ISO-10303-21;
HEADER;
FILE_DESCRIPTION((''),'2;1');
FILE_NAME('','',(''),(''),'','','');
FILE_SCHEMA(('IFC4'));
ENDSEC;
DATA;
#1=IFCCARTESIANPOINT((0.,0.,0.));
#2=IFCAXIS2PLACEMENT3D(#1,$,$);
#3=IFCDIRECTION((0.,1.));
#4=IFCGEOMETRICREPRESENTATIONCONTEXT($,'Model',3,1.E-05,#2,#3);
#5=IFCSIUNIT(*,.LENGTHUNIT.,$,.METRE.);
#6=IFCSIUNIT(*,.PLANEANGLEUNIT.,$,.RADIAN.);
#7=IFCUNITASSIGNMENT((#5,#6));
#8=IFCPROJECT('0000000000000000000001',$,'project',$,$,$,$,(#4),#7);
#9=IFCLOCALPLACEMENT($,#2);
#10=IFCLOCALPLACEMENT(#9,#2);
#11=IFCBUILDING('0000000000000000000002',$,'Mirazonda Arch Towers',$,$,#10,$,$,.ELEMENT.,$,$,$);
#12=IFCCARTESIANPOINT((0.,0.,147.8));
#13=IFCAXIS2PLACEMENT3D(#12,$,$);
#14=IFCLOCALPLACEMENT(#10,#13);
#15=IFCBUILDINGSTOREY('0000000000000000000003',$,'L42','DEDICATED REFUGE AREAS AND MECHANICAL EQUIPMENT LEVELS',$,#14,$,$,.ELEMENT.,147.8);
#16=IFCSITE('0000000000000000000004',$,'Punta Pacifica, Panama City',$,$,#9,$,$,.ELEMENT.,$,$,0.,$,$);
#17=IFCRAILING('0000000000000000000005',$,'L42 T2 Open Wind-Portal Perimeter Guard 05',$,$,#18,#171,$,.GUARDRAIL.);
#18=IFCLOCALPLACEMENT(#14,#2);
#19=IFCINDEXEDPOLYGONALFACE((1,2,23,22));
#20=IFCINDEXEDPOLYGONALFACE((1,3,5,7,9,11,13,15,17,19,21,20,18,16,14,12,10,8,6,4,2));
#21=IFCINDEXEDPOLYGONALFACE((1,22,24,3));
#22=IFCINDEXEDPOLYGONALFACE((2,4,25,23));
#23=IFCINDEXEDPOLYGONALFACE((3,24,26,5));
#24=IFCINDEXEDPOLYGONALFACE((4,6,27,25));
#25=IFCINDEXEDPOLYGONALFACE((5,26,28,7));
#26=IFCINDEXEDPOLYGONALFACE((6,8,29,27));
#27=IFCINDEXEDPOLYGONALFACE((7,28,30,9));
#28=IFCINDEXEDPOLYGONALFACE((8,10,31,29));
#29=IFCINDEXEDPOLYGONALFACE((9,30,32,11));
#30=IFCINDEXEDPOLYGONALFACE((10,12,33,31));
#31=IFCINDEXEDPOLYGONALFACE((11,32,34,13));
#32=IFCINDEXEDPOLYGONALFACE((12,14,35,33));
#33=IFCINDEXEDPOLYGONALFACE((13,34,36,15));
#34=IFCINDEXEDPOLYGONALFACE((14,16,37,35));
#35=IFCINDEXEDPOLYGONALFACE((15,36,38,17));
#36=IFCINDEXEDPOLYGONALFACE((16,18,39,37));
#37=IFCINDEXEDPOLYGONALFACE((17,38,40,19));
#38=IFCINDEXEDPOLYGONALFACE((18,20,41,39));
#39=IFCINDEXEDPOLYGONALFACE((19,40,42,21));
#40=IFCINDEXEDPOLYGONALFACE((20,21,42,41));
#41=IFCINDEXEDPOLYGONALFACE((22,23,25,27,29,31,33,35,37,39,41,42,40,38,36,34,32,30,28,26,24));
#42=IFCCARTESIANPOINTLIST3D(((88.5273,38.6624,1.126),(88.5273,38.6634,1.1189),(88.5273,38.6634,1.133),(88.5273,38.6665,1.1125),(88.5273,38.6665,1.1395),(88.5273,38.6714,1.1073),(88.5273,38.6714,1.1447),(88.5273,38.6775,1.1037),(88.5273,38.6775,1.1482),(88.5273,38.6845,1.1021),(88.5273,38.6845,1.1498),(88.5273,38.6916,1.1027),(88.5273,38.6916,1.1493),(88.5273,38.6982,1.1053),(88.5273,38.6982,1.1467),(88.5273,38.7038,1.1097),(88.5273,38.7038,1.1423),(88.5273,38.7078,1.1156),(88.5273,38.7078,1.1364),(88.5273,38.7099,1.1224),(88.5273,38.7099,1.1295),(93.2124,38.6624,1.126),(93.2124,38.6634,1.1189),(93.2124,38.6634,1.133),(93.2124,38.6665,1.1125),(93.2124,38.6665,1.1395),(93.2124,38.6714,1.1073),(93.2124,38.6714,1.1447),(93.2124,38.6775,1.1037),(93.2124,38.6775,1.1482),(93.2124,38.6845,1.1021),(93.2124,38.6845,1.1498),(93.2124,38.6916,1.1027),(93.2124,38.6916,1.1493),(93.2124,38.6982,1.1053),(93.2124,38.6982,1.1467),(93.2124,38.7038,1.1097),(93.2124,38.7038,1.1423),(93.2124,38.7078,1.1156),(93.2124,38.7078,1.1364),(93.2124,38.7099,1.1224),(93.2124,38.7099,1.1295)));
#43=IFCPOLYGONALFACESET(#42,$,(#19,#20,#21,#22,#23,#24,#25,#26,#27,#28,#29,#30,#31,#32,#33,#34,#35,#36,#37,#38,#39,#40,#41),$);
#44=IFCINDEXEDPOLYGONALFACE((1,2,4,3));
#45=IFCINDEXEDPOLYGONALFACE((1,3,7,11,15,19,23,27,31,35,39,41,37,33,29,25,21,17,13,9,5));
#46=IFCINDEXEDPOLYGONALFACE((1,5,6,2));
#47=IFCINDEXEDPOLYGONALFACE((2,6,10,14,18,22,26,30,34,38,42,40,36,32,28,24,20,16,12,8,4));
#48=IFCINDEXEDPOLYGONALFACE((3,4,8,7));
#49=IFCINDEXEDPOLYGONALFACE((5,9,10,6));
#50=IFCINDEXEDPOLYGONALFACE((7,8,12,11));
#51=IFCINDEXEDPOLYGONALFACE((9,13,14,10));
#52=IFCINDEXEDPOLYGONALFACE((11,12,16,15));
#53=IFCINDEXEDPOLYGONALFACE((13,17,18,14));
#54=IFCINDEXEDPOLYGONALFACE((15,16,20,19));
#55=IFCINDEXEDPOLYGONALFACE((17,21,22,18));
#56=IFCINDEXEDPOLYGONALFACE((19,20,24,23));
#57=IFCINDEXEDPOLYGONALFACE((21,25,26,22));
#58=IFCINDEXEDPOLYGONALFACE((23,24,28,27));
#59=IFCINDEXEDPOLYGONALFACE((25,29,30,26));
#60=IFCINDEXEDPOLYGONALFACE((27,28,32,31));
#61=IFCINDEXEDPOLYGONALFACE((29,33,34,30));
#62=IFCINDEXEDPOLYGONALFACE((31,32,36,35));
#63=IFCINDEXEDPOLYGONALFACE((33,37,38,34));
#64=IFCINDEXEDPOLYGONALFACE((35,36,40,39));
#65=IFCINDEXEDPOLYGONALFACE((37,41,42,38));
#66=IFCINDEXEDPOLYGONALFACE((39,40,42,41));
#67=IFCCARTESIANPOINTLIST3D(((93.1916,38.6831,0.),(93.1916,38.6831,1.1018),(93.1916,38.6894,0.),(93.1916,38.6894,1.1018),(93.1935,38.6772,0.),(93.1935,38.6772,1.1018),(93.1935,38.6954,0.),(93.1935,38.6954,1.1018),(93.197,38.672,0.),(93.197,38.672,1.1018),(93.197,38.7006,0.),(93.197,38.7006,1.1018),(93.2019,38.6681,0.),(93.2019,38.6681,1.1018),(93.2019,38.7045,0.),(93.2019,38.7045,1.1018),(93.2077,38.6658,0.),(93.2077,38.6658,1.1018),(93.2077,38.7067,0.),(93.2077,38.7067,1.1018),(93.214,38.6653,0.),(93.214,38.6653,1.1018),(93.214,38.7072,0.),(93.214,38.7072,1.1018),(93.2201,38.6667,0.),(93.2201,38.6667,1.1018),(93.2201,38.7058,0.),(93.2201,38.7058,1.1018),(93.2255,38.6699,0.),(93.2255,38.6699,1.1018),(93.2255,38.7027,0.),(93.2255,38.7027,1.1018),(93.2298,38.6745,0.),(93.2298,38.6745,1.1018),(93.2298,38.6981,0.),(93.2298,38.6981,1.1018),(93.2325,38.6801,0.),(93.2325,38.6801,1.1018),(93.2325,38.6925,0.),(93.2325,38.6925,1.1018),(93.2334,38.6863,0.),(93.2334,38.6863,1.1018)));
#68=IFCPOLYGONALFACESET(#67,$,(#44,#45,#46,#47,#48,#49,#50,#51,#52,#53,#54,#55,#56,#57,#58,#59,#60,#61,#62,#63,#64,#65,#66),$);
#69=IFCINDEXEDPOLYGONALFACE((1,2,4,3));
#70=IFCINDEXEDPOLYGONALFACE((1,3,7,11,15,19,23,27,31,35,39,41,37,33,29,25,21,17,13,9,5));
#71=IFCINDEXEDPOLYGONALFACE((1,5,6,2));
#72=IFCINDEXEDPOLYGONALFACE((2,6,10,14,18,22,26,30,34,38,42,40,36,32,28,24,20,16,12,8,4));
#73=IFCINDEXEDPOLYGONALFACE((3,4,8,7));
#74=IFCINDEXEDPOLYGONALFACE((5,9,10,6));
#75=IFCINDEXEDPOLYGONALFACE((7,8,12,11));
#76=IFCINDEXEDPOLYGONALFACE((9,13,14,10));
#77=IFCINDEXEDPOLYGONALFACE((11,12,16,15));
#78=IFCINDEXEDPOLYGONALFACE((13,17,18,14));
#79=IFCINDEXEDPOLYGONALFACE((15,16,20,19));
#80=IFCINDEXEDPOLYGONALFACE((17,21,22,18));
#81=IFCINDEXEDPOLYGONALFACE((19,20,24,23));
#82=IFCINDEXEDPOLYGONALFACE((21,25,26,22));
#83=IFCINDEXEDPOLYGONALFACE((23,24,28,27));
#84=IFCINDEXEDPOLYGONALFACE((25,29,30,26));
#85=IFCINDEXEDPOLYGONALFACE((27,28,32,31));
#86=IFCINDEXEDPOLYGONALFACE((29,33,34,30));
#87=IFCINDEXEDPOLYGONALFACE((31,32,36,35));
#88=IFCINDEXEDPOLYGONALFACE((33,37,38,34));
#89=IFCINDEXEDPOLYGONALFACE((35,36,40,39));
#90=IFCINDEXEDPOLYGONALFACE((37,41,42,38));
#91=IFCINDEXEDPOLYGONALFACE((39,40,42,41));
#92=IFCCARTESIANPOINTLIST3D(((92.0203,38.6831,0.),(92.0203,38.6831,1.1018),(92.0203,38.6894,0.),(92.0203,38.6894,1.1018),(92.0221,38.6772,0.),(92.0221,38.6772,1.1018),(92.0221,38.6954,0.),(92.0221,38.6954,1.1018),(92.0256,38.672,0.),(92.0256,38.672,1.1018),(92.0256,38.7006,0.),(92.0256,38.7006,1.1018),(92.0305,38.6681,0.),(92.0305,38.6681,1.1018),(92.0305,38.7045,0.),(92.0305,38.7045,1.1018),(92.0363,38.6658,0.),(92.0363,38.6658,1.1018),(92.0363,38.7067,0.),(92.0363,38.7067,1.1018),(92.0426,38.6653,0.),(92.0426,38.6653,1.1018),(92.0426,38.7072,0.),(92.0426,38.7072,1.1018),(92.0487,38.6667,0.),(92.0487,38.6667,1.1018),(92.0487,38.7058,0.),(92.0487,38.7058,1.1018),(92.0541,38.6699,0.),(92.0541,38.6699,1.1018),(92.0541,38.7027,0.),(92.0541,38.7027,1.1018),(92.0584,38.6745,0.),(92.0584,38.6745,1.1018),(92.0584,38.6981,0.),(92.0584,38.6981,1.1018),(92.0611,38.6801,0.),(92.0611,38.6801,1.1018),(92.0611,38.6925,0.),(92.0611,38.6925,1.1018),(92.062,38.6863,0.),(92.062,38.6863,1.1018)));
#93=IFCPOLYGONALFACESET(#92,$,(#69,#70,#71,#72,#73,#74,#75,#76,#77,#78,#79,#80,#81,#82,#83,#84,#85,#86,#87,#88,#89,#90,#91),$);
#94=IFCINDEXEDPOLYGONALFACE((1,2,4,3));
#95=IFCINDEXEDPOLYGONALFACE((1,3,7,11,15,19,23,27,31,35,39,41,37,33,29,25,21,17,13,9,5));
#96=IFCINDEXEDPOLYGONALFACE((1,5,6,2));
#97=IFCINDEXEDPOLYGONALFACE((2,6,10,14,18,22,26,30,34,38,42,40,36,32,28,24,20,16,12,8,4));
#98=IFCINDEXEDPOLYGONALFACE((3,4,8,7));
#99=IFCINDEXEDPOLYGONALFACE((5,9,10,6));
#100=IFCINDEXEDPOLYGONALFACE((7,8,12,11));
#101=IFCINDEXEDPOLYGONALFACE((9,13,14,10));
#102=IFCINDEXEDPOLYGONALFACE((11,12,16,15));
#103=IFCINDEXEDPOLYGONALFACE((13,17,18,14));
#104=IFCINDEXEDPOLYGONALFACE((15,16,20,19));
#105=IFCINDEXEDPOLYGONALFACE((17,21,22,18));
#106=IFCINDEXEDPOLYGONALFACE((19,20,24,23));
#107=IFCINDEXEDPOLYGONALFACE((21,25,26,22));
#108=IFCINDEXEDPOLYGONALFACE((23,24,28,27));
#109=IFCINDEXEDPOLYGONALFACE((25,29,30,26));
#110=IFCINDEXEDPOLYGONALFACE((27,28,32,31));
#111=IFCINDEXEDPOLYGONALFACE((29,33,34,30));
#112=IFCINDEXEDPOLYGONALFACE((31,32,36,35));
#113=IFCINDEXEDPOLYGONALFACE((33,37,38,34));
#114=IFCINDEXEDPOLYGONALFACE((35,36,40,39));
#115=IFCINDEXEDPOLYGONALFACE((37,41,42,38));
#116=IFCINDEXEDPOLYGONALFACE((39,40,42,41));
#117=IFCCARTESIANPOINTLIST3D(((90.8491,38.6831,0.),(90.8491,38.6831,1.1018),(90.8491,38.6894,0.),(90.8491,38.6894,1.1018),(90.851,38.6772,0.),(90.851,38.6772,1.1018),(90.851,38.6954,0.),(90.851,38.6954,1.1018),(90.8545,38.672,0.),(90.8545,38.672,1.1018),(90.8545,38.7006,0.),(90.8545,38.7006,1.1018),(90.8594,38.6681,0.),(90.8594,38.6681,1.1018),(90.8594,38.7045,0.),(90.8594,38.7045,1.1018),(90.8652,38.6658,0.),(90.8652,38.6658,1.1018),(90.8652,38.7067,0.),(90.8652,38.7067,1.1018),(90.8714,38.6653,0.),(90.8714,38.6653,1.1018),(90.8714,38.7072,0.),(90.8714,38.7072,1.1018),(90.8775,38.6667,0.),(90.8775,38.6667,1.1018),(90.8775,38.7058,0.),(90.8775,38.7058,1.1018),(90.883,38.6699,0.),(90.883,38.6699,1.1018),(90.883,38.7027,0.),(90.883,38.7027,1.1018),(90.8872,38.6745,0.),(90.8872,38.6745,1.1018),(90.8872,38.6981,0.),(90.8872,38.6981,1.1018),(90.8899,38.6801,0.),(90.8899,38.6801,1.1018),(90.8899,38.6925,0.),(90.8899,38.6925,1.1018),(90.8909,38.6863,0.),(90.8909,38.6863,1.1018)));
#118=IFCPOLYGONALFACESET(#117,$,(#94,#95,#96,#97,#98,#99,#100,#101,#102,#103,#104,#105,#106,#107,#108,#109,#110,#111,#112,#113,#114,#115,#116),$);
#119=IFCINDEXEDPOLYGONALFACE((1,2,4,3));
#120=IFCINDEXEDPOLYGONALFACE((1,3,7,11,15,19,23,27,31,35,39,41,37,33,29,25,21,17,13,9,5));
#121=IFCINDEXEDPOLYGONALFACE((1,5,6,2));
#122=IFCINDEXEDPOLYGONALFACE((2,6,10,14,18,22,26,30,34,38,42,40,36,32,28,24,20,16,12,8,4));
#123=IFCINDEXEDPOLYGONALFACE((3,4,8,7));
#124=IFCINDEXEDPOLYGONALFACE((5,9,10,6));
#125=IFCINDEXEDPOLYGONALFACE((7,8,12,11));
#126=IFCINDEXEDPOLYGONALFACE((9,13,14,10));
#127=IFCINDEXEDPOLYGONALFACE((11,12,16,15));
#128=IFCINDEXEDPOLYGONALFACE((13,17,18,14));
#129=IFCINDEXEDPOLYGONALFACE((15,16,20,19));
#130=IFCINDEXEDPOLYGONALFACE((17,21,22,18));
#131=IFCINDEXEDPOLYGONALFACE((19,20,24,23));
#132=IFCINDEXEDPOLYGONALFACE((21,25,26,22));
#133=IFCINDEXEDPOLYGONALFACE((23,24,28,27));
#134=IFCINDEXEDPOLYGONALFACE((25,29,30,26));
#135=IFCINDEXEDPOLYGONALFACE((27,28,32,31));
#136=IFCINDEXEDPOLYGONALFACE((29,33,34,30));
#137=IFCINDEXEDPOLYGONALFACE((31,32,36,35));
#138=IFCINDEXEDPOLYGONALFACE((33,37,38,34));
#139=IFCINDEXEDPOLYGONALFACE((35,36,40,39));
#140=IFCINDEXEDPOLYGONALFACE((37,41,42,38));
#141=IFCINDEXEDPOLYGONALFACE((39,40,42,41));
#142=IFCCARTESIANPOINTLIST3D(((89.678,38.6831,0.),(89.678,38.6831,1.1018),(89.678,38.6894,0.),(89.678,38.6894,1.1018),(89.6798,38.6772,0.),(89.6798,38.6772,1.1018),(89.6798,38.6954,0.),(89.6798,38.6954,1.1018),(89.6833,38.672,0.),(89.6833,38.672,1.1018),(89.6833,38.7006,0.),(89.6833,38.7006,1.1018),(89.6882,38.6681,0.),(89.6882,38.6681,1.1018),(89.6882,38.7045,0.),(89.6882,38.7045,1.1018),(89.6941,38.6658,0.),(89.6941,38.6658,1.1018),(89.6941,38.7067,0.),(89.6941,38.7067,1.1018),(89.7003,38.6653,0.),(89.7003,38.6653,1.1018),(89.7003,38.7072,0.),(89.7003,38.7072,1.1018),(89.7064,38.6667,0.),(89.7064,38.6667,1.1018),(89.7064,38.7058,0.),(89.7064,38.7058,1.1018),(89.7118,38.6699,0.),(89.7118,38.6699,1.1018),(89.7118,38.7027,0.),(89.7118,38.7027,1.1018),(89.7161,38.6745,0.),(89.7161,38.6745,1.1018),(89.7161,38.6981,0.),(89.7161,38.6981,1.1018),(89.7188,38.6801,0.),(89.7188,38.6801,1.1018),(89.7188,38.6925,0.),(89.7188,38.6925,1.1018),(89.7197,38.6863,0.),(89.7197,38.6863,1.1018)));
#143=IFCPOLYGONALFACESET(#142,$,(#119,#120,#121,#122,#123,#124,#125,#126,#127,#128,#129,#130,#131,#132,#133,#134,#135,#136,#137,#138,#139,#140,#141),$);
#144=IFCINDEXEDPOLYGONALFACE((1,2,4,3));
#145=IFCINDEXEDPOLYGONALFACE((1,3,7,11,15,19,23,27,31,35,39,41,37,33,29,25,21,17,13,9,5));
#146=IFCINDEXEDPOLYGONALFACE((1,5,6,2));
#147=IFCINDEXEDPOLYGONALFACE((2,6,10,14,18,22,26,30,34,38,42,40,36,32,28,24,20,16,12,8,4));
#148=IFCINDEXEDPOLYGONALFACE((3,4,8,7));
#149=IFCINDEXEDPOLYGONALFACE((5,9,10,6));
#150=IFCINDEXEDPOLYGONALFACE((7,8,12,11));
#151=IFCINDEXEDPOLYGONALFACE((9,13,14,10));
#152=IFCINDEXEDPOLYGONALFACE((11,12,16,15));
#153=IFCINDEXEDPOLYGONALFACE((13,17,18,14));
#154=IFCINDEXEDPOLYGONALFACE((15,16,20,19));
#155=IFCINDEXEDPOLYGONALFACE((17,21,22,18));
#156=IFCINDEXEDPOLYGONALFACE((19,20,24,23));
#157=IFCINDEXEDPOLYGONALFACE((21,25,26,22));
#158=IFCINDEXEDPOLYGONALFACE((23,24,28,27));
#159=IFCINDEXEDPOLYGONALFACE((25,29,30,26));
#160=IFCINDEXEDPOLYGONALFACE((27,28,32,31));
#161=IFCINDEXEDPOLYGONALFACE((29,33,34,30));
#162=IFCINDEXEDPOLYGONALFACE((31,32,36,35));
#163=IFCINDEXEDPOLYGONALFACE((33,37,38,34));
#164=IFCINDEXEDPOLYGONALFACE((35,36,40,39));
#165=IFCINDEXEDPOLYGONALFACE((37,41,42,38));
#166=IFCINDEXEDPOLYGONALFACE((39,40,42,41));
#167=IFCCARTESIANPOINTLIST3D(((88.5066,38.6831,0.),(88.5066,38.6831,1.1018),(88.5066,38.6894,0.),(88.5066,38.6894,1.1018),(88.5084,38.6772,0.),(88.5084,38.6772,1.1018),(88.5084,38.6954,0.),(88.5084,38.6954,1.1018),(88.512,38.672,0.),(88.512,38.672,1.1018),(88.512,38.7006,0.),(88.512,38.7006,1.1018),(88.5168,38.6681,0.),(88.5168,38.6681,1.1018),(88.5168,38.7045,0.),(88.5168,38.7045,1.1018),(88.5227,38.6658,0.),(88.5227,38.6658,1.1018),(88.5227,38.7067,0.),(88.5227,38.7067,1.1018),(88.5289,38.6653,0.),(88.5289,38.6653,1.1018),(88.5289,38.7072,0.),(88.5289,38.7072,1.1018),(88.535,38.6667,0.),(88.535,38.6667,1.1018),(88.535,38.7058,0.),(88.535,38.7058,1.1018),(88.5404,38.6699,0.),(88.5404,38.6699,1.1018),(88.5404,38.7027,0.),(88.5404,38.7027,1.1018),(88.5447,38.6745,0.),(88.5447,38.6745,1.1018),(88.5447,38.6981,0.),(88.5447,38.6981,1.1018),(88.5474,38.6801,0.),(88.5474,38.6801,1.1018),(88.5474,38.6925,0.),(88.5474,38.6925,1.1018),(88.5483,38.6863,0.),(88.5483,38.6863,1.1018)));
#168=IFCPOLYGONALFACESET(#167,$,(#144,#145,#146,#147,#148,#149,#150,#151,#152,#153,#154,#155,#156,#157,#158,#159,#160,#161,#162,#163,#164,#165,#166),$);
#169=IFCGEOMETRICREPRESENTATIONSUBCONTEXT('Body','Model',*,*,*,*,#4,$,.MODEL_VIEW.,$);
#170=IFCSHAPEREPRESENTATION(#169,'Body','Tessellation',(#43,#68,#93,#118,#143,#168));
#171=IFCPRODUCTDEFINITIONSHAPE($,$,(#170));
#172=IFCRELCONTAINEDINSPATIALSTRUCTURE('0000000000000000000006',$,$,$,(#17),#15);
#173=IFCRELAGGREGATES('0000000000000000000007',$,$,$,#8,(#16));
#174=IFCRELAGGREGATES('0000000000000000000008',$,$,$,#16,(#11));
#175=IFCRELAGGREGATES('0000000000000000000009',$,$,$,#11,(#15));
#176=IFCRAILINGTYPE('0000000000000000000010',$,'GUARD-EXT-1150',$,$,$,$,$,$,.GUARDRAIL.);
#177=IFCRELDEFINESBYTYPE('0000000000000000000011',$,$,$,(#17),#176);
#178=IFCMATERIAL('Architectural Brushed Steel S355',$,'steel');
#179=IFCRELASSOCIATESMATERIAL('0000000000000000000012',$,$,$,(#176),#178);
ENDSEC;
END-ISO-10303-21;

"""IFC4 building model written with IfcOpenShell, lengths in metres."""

from ifc_helpers import new_model, si_unit, direction, frame, origin, origin_2d, place, context, subcontext, project, spatial, circle, extrude, material, type_object, element, save


model = new_model("IFC4")

# Units and contexts
model_context = context("Model", 3, precision=1e-05, world=origin(), true_north=direction((0.0, 1.0)))
body_context = subcontext(model_context, "Body", "Model", "MODEL_VIEW")
ifc_project = project(units=[si_unit("LENGTHUNIT", "METRE"), si_unit("PLANEANGLEUNIT", "RADIAN")], contexts=[model_context])

# Site, building, storey
site_placement = place(None, origin())
site = spatial("IfcSite", under=ifc_project, at=site_placement, Name="Punta Pacifica, Panama City", CompositionType="ELEMENT", RefElevation=0.0)
building_placement = place(site_placement, origin())
building = spatial("IfcBuilding", under=site, at=building_placement, Name="Mirazonda Arch Towers", CompositionType="ELEMENT")
storey_placement = place(building_placement, frame((0.0, 0.0, 147.8)))
storey = spatial("IfcBuildingStorey", under=building, at=storey_placement, Name="L42", Description="DEDICATED REFUGE AREAS AND MECHANICAL EQUIPMENT LEVELS", CompositionType="ELEMENT", Elevation=147.8)

# Railing
ifc_material_1 = material(Name="Architectural Brushed Steel S355", Category="steel")
railing_type = type_object("IfcRailingType", Name="GUARD-EXT-1150", PredefinedType="GUARDRAIL", material=ifc_material_1)
railing_1_placement = place(storey_placement, frame((93.2124, 38.6863, 0.0)))
element("IfcRailing", 1, at=railing_1_placement, inside=storey, type_object=railing_type, Name="L42 T2 Open Wind-Portal Perimeter Guard 05", PredefinedType="GUARDRAIL", context=body_context, shape_type="SweptSolid", body=[
    extrude(circle(Radius=0.0239, at=origin_2d()), frame((0.0, 0.0, 1.126), z_axis=(-1.0, 0.0, 0.0), x_axis=(0.0, -1.0, 0.0)), (0.0, 0.0, 1.0), 4.6851),
    extrude(circle(Radius=0.021, at=origin_2d()), origin(), (0.0, 0.0, 1.0), 1.1018),
    extrude(circle(Radius=0.021, at=origin_2d()), frame((-1.1714, 0.0, 0.0)), (0.0, 0.0, 1.0), 1.1018),
    extrude(circle(Radius=0.021, at=origin_2d()), frame((-2.3425, 0.0, 0.0)), (0.0, 0.0, 1.0), 1.1018),
    extrude(circle(Radius=0.021, at=origin_2d()), frame((-3.5137, 0.0, 0.0)), (0.0, 0.0, 1.0), 1.1018),
    extrude(circle(Radius=0.021, at=origin_2d()), frame((-4.6851, 0.0, 0.0)), (0.0, 0.0, 1.0), 1.1018),
])

save(model, "model.ifc")
